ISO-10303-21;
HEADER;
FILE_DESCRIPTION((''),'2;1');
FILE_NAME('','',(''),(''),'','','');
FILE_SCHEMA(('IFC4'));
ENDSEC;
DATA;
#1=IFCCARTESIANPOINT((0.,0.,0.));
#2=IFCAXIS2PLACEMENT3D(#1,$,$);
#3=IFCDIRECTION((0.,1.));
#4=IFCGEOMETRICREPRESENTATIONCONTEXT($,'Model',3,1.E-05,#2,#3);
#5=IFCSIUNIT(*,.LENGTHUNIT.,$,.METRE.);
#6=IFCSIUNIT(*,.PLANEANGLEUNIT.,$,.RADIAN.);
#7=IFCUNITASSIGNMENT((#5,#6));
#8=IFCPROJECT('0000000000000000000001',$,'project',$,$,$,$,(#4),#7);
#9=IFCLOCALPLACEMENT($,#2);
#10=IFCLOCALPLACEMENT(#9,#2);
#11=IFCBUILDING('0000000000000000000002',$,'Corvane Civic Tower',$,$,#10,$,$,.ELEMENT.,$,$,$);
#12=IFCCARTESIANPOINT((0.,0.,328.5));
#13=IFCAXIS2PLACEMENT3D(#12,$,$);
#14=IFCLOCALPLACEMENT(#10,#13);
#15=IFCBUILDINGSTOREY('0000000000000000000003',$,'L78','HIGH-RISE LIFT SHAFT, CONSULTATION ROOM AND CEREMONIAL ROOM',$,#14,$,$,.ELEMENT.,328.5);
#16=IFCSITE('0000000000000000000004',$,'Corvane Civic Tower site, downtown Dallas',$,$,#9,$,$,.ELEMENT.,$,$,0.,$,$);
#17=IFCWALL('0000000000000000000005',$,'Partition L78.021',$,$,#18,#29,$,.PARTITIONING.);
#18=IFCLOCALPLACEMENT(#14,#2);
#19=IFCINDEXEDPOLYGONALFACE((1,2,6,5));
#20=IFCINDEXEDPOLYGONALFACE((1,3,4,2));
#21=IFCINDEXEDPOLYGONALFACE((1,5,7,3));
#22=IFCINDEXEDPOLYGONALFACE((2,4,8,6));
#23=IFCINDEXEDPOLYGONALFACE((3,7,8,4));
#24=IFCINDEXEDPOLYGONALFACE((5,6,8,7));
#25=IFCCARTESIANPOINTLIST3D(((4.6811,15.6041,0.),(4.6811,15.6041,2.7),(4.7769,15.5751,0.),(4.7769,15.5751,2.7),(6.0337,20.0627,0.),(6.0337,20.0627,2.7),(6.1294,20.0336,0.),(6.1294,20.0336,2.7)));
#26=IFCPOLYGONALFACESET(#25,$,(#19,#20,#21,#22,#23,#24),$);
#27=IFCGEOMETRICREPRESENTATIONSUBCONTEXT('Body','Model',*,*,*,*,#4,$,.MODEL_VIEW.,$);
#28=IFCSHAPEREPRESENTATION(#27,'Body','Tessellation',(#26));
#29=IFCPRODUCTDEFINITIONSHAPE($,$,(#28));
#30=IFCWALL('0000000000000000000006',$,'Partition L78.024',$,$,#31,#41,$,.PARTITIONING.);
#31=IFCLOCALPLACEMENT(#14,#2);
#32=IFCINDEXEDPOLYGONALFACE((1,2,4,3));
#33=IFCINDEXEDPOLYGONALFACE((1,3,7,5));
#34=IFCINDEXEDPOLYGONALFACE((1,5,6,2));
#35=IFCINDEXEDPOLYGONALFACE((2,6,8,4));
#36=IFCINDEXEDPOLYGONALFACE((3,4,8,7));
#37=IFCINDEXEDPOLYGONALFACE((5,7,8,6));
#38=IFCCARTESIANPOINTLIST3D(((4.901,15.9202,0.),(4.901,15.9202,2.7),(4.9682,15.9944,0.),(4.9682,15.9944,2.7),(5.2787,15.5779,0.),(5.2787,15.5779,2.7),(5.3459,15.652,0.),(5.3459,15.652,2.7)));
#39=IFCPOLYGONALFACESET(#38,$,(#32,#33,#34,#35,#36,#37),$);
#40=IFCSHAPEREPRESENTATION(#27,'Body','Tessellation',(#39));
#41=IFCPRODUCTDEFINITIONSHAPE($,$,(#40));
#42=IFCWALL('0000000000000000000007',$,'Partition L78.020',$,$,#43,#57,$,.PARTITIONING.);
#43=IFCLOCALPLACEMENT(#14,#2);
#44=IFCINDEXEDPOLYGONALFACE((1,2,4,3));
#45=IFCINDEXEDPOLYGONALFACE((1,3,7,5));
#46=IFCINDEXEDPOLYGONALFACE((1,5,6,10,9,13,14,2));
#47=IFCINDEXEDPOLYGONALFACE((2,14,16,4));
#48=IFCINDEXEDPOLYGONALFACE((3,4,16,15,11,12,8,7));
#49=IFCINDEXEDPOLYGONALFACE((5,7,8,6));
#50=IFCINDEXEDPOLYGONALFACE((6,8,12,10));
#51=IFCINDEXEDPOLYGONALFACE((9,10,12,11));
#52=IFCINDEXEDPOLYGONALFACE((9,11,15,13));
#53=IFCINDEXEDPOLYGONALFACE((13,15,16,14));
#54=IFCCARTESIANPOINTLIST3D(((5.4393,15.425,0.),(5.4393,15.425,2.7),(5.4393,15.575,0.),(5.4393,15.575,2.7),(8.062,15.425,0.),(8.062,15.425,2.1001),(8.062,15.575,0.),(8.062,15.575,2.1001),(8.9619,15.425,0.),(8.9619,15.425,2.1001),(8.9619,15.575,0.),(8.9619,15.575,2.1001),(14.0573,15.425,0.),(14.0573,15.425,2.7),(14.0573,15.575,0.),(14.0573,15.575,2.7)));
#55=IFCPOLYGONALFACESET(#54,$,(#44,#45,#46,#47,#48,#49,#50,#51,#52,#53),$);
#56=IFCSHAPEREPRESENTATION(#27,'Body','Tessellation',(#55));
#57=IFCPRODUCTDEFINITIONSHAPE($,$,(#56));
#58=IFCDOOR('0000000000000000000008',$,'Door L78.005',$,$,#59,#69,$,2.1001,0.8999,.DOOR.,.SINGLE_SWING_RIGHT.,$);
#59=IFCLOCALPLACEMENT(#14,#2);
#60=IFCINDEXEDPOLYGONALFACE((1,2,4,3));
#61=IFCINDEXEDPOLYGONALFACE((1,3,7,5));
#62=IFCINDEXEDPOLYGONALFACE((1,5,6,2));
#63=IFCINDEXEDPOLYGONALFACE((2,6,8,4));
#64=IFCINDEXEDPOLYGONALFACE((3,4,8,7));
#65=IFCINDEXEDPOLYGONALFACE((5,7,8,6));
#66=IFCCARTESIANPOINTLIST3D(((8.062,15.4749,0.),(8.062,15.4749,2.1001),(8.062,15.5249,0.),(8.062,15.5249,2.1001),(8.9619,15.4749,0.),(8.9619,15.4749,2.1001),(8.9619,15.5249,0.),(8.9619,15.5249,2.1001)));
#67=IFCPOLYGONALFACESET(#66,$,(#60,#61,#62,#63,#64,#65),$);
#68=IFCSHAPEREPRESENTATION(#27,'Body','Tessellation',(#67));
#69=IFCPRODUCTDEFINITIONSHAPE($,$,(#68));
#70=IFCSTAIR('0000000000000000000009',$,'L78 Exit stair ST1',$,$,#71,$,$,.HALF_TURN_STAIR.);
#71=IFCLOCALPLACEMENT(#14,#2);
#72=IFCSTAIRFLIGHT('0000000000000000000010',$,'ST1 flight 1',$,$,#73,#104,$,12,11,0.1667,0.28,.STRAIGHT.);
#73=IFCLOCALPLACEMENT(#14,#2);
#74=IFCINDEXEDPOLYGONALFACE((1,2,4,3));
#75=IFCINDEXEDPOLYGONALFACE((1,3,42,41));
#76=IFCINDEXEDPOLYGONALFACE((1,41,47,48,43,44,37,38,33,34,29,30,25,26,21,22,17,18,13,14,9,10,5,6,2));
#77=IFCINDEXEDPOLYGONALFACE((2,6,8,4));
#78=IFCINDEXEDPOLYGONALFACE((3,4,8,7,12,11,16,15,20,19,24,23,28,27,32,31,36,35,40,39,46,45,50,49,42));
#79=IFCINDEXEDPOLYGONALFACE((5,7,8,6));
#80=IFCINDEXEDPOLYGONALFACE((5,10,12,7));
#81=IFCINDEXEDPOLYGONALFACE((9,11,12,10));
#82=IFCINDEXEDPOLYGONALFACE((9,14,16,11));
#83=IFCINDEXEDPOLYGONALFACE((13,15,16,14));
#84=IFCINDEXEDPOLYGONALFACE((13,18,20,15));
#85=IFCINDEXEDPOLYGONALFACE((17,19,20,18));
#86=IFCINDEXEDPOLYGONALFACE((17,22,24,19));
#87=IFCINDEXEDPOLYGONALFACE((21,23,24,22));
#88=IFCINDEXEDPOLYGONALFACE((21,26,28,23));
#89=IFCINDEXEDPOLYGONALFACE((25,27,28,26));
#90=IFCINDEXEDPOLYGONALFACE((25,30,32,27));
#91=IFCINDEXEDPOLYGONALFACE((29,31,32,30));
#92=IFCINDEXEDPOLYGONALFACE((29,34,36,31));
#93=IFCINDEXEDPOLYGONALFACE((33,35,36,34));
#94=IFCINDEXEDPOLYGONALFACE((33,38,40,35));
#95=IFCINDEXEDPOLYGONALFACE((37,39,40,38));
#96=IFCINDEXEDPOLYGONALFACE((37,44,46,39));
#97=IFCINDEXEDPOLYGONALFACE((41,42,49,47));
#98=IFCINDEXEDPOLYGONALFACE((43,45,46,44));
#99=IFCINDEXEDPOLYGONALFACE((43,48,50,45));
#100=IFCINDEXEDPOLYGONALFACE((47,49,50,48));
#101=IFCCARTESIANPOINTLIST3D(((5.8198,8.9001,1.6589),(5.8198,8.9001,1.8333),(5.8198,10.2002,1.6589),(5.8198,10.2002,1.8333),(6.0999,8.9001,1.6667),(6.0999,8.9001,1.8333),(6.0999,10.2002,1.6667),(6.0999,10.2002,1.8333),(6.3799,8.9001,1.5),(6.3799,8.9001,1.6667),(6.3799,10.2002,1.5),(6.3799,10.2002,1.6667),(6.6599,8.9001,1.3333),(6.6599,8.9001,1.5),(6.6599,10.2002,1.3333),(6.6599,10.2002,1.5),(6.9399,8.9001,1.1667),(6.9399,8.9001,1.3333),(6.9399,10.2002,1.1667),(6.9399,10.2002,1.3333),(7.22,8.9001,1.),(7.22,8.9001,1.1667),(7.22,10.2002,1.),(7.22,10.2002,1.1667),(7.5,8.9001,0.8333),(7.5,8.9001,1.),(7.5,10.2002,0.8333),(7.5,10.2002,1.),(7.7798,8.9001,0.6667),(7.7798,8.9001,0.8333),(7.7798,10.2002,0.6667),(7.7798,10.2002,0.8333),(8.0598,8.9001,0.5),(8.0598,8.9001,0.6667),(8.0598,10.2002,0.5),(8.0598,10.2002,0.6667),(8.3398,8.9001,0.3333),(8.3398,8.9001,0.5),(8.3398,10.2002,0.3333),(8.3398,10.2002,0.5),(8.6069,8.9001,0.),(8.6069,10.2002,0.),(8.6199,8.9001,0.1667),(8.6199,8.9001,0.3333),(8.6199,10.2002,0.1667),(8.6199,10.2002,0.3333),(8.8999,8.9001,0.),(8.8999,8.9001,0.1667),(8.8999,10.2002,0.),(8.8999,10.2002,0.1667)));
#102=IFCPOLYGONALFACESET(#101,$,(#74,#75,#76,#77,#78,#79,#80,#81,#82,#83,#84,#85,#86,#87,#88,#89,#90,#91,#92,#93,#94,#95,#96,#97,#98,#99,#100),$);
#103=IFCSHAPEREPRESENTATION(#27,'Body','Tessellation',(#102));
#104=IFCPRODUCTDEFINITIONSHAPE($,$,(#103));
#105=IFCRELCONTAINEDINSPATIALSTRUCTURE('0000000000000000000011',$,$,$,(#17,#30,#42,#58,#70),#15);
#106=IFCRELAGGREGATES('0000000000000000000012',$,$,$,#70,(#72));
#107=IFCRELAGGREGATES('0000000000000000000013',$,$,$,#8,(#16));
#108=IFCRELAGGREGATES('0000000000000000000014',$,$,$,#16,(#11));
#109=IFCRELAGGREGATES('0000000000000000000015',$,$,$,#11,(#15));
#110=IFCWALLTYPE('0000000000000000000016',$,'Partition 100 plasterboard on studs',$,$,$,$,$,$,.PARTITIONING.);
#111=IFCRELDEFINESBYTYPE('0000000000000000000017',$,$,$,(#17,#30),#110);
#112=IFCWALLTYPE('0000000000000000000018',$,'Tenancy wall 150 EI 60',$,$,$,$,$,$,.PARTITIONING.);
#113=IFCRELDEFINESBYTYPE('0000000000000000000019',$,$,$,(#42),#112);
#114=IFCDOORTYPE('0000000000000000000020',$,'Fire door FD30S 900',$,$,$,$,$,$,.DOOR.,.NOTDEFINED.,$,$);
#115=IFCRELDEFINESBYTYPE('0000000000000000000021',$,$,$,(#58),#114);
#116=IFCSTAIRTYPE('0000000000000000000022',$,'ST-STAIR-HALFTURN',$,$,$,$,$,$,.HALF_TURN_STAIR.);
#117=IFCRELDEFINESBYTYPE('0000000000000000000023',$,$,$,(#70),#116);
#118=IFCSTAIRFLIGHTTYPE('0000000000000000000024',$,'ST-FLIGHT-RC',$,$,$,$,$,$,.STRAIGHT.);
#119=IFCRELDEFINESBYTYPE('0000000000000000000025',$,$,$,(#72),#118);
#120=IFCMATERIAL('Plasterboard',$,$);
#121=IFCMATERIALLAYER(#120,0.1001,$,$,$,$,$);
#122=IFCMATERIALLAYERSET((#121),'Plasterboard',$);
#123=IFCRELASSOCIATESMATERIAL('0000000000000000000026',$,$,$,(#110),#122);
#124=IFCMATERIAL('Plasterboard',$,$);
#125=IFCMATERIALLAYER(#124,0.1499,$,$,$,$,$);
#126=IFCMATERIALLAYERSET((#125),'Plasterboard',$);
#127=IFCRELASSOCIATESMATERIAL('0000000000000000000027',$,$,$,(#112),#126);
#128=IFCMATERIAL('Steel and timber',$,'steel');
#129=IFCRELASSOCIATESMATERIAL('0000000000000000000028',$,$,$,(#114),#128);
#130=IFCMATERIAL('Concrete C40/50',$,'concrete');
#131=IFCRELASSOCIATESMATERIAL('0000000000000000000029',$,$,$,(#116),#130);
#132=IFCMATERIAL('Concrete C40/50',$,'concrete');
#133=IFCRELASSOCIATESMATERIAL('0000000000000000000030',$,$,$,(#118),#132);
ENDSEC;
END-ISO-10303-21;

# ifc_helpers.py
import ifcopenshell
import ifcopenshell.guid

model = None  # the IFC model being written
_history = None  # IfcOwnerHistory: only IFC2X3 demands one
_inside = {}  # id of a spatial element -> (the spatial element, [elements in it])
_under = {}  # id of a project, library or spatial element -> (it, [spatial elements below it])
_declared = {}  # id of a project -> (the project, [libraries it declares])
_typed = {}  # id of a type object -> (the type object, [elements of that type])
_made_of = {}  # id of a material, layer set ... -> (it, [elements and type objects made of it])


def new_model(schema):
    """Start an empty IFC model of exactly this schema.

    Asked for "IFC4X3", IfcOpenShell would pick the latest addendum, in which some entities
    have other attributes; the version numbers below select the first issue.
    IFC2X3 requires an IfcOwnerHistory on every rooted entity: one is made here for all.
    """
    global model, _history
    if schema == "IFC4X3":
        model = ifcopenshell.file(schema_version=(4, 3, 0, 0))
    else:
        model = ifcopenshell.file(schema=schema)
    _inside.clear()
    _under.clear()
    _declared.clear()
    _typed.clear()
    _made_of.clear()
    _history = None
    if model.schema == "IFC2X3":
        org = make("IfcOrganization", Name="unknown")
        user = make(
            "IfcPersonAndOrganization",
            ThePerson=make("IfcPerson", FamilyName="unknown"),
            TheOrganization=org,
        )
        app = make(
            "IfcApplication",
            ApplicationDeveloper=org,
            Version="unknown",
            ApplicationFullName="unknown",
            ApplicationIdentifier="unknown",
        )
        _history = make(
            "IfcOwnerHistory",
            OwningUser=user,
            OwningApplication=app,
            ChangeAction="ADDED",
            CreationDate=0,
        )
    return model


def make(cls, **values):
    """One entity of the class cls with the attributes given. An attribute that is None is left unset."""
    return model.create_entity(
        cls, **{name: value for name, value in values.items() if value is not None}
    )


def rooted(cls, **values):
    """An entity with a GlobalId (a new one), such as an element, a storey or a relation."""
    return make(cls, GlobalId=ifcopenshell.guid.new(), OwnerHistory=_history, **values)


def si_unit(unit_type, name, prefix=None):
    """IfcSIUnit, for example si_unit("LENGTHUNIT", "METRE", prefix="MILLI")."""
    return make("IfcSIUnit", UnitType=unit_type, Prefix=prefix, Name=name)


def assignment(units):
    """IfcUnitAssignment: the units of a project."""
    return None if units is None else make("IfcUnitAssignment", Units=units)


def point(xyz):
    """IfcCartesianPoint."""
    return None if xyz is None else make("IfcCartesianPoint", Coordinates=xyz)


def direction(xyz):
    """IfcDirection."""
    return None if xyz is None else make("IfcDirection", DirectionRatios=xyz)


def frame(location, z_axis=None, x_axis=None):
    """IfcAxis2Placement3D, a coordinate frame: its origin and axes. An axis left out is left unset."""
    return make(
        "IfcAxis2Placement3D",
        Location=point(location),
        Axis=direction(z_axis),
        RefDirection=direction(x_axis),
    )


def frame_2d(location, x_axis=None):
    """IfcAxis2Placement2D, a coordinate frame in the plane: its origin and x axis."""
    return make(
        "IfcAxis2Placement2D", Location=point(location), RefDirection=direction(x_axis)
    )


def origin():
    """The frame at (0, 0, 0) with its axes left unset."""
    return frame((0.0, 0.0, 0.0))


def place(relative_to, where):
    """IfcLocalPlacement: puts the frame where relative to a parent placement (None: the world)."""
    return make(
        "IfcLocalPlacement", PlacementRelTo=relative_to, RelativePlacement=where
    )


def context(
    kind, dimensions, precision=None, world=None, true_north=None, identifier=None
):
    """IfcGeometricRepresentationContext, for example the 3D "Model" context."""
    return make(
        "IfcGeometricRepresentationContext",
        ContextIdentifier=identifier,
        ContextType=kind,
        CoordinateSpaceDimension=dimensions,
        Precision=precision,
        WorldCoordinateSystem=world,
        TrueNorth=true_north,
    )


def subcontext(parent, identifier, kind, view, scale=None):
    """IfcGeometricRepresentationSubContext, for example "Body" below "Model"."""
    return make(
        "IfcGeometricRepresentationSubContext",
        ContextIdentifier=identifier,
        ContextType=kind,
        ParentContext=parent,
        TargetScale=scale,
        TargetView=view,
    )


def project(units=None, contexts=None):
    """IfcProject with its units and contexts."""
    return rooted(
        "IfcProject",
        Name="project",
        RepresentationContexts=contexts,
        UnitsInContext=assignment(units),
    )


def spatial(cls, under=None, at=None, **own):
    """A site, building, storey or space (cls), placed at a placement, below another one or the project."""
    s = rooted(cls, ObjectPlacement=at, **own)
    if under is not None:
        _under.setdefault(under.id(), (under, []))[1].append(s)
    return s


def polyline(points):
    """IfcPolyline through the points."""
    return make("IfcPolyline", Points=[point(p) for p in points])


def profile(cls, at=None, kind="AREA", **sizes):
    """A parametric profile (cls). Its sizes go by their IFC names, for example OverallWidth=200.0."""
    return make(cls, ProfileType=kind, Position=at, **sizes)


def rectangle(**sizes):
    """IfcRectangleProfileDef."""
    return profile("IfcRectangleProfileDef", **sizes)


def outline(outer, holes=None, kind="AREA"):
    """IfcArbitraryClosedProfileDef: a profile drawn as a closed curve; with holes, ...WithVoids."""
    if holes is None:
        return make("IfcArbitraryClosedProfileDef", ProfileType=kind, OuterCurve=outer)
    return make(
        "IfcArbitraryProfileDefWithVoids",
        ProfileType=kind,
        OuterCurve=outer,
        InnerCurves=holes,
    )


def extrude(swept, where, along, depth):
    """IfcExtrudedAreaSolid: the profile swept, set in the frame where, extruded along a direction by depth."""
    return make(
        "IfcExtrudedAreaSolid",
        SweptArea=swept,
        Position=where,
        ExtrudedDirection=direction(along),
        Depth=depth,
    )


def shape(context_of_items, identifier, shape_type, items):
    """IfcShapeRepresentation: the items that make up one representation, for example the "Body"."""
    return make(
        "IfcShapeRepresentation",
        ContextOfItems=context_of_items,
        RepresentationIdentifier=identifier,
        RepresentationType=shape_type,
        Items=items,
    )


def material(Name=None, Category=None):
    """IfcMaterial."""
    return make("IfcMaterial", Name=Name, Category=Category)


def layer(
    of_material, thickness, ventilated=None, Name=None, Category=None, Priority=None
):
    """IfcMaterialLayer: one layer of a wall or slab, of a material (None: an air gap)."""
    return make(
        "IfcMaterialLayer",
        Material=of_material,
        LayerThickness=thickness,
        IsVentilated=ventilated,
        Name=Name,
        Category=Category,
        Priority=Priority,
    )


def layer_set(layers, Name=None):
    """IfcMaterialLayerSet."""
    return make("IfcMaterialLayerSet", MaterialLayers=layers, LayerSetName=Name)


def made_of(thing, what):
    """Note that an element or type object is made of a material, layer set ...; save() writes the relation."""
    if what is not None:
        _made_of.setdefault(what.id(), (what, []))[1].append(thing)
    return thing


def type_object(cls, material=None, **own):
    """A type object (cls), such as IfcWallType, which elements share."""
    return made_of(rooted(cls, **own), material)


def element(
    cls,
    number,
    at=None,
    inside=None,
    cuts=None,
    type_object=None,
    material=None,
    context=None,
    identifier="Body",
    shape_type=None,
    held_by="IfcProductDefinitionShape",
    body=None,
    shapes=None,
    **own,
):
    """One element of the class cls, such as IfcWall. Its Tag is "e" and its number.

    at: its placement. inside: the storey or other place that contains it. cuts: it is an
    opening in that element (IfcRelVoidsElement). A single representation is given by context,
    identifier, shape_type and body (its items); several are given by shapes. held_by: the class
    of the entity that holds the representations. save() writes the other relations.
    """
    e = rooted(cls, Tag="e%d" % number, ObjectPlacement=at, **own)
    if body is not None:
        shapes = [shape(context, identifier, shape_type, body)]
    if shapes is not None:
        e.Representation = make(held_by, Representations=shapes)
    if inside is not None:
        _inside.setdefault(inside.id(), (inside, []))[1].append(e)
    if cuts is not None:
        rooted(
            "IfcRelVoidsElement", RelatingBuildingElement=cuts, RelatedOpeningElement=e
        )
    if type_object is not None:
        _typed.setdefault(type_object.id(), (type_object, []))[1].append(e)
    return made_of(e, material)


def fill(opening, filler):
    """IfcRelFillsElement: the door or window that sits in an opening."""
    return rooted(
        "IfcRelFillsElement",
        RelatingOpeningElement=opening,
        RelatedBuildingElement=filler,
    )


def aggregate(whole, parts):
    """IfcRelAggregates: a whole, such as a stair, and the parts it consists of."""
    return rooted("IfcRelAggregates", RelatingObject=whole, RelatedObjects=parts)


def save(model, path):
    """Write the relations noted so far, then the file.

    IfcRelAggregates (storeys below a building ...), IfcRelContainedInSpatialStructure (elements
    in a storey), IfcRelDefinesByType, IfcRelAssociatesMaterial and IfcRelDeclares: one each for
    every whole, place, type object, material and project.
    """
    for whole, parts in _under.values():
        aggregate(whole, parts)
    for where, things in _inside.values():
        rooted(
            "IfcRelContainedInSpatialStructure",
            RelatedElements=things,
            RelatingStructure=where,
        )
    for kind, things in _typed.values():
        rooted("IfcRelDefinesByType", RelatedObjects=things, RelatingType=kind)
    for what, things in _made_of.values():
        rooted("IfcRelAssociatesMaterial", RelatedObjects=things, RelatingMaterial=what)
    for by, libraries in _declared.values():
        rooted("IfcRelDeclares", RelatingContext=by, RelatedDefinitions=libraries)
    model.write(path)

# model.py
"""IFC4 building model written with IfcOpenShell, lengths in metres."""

from ifc_helpers import new_model, si_unit, direction, frame, frame_2d, origin, place, context, subcontext, project, spatial, polyline, rectangle, outline, extrude, material, layer, layer_set, type_object, element, fill, aggregate, save


model = new_model("IFC4")

# Units and contexts
model_context = context("Model", 3, precision=1e-05, world=origin(), true_north=direction((0.0, 1.0)))
body_context = subcontext(model_context, "Body", "Model", "MODEL_VIEW")
ifc_project = project(units=[si_unit("LENGTHUNIT", "METRE"), si_unit("PLANEANGLEUNIT", "RADIAN")], contexts=[model_context])

# Site, building, storey
site_placement = place(None, origin())
site = spatial("IfcSite", under=ifc_project, at=site_placement, Name="Corvane Civic Tower site, downtown Dallas", CompositionType="ELEMENT", RefElevation=0.0)
building_placement = place(site_placement, origin())
building = spatial("IfcBuilding", under=site, at=building_placement, Name="Corvane Civic Tower", CompositionType="ELEMENT")
storey_placement = place(building_placement, frame((0.0, 0.0, 328.5)))
storey = spatial("IfcBuildingStorey", under=building, at=storey_placement, Name="L78", Description="HIGH-RISE LIFT SHAFT, CONSULTATION ROOM AND CEREMONIAL ROOM", CompositionType="ELEMENT", Elevation=328.5)

# Walls
ifc_material_1 = material(Name="Plasterboard")
ifc_layer_1 = layer(ifc_material_1, 0.1001)
ifc_layer_set_1 = layer_set([ifc_layer_1], Name="Plasterboard")
wall_type_1 = type_object("IfcWallType", Name="Partition 100 plasterboard on studs", PredefinedType="PARTITIONING", material=ifc_layer_set_1)
wall_1_placement = place(storey_placement, frame((4.729, 15.5896, 0.0), z_axis=(0.0, 0.0, 1.0), x_axis=(0.290298, 0.956936, 0.0)))
element("IfcWall", 1, at=wall_1_placement, inside=storey, type_object=wall_type_1, Name="Partition L78.021", PredefinedType="PARTITIONING", context=body_context, shape_type="SweptSolid", body=[
    extrude(rectangle(XDim=4.6592, YDim=0.1001, at=frame_2d((2.3296, 0.0))), origin(), (0.0, 0.0, 1.0), 2.7),
])
wall_2_placement = place(storey_placement, frame((4.9346, 15.9573, 0.0), z_axis=(0.0, 0.0, 1.0), x_axis=(0.74098, -0.671528, 0.0)))
element("IfcWall", 2, at=wall_2_placement, inside=storey, type_object=wall_type_1, Name="Partition L78.024", PredefinedType="PARTITIONING", context=body_context, shape_type="SweptSolid", body=[
    extrude(rectangle(XDim=0.5098, YDim=0.1001, at=frame_2d((0.2549, 0.0))), origin(), (0.0, 0.0, 1.0), 2.7),
])

# Wall, opening, door
ifc_material_2 = material(Name="Plasterboard")
ifc_layer_2 = layer(ifc_material_2, 0.1499)
ifc_layer_set_2 = layer_set([ifc_layer_2], Name="Plasterboard")
wall_type_2 = type_object("IfcWallType", Name="Tenancy wall 150 EI 60", PredefinedType="PARTITIONING", material=ifc_layer_set_2)
wall_3_placement = place(storey_placement, frame((5.4392, 15.5, 0.0), z_axis=(0.0, 0.0, 1.0), x_axis=(1.0, 0.0, 0.0)))
wall_3 = element("IfcWall", 3, at=wall_3_placement, inside=storey, type_object=wall_type_2, Name="Partition L78.020", PredefinedType="PARTITIONING", context=body_context, shape_type="SweptSolid", body=[
    extrude(rectangle(XDim=8.6179, YDim=0.1499, at=frame_2d((4.3091, 0.0))), origin(), (0.0, 0.0, 1.0), 2.7),
])
opening_placement = place(wall_3_placement, frame((2.6228, 0.0, 0.0)))
opening = element("IfcOpeningElement", 4, at=opening_placement, cuts=wall_3, PredefinedType="OPENING", context=body_context, shape_type="SweptSolid", body=[
    extrude(rectangle(XDim=0.8999, YDim=2.1001, at=frame_2d((0.45, 1.05))), frame((0.0, 0.085, 0.0), z_axis=(0.0, -1.0, 0.0), x_axis=(1.0, 0.0, 0.0)), (0.0, 0.0, 1.0), 0.1699),
])
ifc_material_3 = material(Name="Steel and timber", Category="steel")
door_type = type_object("IfcDoorType", Name="Fire door FD30S 900", OperationType="NOTDEFINED", PredefinedType="DOOR", material=ifc_material_3)
door_placement = place(opening_placement, origin())
door = element("IfcDoor", 5, at=door_placement, inside=storey, type_object=door_type, Name="Door L78.005", OperationType="SINGLE_SWING_RIGHT", OverallHeight=2.1001, OverallWidth=0.8999, PredefinedType="DOOR", context=body_context, shape_type="SweptSolid", body=[
    extrude(rectangle(XDim=0.8999, YDim=2.1001, at=frame_2d((0.45, 1.05))), frame((0.0, 0.0249, 0.0), z_axis=(0.0, -1.0, 0.0), x_axis=(1.0, 0.0, 0.0)), (0.0, 0.0, 1.0), 0.05),
])
fill(opening, door)

# Stair, stair flight
ifc_material_4 = material(Name="Concrete C40/50", Category="concrete")
stair_type = type_object("IfcStairType", Name="ST-STAIR-HALFTURN", PredefinedType="HALF_TURN_STAIR", material=ifc_material_4)
stair_placement = place(storey_placement, origin())
stair = element("IfcStair", 6, at=stair_placement, inside=storey, type_object=stair_type, Name="L78 Exit stair ST1", PredefinedType="HALF_TURN_STAIR")
ifc_material_5 = material(Name="Concrete C40/50", Category="concrete")
stair_flight_type = type_object("IfcStairFlightType", Name="ST-FLIGHT-RC", PredefinedType="STRAIGHT", material=ifc_material_5)
stair_flight_placement = place(storey_placement, frame((8.8999, 9.55, 0.0), z_axis=(0.0, 0.0, 1.0), x_axis=(-1.0, 0.0, 0.0)))
stair_flight = element("IfcStairFlight", 7, at=stair_flight_placement, type_object=stair_flight_type, Name="ST1 flight 1", NumberOfRisers=12, NumberOfTreads=11, PredefinedType="STRAIGHT", RiserHeight=0.1667, TreadLength=0.28, context=body_context, shape_type="SweptSolid", body=[
    extrude(outline(polyline([(0.0, 0.0), (0.0, 0.1667), (0.28, 0.1667), (0.28, 0.3333), (0.5601, 0.3333), (0.5601, 0.5), (0.8401, 0.5), (0.8401, 0.6667), (1.1201, 0.6667), (1.1201, 0.8333), (1.3999, 0.8333), (1.3999, 1.0), (1.6799, 1.0), (1.6799, 1.1667), (1.96, 1.1667), (1.96, 1.3333), (2.24, 1.3333), (2.24, 1.5), (2.52, 1.5), (2.52, 1.6667), (2.8, 1.6667), (2.8, 1.8333), (3.0801, 1.8333), (3.0801, 2.0), (3.0801, 1.6589), (0.293, 0.0), (0.0, 0.0)])), frame((0.0, 0.6499, 0.0), z_axis=(0.0, -1.0, 0.0), x_axis=(1.0, 0.0, 0.0)), (0.0, 0.0, 1.0), 1.3),
])
aggregate(stair, [stair_flight])

save(model, "model.ifc")
